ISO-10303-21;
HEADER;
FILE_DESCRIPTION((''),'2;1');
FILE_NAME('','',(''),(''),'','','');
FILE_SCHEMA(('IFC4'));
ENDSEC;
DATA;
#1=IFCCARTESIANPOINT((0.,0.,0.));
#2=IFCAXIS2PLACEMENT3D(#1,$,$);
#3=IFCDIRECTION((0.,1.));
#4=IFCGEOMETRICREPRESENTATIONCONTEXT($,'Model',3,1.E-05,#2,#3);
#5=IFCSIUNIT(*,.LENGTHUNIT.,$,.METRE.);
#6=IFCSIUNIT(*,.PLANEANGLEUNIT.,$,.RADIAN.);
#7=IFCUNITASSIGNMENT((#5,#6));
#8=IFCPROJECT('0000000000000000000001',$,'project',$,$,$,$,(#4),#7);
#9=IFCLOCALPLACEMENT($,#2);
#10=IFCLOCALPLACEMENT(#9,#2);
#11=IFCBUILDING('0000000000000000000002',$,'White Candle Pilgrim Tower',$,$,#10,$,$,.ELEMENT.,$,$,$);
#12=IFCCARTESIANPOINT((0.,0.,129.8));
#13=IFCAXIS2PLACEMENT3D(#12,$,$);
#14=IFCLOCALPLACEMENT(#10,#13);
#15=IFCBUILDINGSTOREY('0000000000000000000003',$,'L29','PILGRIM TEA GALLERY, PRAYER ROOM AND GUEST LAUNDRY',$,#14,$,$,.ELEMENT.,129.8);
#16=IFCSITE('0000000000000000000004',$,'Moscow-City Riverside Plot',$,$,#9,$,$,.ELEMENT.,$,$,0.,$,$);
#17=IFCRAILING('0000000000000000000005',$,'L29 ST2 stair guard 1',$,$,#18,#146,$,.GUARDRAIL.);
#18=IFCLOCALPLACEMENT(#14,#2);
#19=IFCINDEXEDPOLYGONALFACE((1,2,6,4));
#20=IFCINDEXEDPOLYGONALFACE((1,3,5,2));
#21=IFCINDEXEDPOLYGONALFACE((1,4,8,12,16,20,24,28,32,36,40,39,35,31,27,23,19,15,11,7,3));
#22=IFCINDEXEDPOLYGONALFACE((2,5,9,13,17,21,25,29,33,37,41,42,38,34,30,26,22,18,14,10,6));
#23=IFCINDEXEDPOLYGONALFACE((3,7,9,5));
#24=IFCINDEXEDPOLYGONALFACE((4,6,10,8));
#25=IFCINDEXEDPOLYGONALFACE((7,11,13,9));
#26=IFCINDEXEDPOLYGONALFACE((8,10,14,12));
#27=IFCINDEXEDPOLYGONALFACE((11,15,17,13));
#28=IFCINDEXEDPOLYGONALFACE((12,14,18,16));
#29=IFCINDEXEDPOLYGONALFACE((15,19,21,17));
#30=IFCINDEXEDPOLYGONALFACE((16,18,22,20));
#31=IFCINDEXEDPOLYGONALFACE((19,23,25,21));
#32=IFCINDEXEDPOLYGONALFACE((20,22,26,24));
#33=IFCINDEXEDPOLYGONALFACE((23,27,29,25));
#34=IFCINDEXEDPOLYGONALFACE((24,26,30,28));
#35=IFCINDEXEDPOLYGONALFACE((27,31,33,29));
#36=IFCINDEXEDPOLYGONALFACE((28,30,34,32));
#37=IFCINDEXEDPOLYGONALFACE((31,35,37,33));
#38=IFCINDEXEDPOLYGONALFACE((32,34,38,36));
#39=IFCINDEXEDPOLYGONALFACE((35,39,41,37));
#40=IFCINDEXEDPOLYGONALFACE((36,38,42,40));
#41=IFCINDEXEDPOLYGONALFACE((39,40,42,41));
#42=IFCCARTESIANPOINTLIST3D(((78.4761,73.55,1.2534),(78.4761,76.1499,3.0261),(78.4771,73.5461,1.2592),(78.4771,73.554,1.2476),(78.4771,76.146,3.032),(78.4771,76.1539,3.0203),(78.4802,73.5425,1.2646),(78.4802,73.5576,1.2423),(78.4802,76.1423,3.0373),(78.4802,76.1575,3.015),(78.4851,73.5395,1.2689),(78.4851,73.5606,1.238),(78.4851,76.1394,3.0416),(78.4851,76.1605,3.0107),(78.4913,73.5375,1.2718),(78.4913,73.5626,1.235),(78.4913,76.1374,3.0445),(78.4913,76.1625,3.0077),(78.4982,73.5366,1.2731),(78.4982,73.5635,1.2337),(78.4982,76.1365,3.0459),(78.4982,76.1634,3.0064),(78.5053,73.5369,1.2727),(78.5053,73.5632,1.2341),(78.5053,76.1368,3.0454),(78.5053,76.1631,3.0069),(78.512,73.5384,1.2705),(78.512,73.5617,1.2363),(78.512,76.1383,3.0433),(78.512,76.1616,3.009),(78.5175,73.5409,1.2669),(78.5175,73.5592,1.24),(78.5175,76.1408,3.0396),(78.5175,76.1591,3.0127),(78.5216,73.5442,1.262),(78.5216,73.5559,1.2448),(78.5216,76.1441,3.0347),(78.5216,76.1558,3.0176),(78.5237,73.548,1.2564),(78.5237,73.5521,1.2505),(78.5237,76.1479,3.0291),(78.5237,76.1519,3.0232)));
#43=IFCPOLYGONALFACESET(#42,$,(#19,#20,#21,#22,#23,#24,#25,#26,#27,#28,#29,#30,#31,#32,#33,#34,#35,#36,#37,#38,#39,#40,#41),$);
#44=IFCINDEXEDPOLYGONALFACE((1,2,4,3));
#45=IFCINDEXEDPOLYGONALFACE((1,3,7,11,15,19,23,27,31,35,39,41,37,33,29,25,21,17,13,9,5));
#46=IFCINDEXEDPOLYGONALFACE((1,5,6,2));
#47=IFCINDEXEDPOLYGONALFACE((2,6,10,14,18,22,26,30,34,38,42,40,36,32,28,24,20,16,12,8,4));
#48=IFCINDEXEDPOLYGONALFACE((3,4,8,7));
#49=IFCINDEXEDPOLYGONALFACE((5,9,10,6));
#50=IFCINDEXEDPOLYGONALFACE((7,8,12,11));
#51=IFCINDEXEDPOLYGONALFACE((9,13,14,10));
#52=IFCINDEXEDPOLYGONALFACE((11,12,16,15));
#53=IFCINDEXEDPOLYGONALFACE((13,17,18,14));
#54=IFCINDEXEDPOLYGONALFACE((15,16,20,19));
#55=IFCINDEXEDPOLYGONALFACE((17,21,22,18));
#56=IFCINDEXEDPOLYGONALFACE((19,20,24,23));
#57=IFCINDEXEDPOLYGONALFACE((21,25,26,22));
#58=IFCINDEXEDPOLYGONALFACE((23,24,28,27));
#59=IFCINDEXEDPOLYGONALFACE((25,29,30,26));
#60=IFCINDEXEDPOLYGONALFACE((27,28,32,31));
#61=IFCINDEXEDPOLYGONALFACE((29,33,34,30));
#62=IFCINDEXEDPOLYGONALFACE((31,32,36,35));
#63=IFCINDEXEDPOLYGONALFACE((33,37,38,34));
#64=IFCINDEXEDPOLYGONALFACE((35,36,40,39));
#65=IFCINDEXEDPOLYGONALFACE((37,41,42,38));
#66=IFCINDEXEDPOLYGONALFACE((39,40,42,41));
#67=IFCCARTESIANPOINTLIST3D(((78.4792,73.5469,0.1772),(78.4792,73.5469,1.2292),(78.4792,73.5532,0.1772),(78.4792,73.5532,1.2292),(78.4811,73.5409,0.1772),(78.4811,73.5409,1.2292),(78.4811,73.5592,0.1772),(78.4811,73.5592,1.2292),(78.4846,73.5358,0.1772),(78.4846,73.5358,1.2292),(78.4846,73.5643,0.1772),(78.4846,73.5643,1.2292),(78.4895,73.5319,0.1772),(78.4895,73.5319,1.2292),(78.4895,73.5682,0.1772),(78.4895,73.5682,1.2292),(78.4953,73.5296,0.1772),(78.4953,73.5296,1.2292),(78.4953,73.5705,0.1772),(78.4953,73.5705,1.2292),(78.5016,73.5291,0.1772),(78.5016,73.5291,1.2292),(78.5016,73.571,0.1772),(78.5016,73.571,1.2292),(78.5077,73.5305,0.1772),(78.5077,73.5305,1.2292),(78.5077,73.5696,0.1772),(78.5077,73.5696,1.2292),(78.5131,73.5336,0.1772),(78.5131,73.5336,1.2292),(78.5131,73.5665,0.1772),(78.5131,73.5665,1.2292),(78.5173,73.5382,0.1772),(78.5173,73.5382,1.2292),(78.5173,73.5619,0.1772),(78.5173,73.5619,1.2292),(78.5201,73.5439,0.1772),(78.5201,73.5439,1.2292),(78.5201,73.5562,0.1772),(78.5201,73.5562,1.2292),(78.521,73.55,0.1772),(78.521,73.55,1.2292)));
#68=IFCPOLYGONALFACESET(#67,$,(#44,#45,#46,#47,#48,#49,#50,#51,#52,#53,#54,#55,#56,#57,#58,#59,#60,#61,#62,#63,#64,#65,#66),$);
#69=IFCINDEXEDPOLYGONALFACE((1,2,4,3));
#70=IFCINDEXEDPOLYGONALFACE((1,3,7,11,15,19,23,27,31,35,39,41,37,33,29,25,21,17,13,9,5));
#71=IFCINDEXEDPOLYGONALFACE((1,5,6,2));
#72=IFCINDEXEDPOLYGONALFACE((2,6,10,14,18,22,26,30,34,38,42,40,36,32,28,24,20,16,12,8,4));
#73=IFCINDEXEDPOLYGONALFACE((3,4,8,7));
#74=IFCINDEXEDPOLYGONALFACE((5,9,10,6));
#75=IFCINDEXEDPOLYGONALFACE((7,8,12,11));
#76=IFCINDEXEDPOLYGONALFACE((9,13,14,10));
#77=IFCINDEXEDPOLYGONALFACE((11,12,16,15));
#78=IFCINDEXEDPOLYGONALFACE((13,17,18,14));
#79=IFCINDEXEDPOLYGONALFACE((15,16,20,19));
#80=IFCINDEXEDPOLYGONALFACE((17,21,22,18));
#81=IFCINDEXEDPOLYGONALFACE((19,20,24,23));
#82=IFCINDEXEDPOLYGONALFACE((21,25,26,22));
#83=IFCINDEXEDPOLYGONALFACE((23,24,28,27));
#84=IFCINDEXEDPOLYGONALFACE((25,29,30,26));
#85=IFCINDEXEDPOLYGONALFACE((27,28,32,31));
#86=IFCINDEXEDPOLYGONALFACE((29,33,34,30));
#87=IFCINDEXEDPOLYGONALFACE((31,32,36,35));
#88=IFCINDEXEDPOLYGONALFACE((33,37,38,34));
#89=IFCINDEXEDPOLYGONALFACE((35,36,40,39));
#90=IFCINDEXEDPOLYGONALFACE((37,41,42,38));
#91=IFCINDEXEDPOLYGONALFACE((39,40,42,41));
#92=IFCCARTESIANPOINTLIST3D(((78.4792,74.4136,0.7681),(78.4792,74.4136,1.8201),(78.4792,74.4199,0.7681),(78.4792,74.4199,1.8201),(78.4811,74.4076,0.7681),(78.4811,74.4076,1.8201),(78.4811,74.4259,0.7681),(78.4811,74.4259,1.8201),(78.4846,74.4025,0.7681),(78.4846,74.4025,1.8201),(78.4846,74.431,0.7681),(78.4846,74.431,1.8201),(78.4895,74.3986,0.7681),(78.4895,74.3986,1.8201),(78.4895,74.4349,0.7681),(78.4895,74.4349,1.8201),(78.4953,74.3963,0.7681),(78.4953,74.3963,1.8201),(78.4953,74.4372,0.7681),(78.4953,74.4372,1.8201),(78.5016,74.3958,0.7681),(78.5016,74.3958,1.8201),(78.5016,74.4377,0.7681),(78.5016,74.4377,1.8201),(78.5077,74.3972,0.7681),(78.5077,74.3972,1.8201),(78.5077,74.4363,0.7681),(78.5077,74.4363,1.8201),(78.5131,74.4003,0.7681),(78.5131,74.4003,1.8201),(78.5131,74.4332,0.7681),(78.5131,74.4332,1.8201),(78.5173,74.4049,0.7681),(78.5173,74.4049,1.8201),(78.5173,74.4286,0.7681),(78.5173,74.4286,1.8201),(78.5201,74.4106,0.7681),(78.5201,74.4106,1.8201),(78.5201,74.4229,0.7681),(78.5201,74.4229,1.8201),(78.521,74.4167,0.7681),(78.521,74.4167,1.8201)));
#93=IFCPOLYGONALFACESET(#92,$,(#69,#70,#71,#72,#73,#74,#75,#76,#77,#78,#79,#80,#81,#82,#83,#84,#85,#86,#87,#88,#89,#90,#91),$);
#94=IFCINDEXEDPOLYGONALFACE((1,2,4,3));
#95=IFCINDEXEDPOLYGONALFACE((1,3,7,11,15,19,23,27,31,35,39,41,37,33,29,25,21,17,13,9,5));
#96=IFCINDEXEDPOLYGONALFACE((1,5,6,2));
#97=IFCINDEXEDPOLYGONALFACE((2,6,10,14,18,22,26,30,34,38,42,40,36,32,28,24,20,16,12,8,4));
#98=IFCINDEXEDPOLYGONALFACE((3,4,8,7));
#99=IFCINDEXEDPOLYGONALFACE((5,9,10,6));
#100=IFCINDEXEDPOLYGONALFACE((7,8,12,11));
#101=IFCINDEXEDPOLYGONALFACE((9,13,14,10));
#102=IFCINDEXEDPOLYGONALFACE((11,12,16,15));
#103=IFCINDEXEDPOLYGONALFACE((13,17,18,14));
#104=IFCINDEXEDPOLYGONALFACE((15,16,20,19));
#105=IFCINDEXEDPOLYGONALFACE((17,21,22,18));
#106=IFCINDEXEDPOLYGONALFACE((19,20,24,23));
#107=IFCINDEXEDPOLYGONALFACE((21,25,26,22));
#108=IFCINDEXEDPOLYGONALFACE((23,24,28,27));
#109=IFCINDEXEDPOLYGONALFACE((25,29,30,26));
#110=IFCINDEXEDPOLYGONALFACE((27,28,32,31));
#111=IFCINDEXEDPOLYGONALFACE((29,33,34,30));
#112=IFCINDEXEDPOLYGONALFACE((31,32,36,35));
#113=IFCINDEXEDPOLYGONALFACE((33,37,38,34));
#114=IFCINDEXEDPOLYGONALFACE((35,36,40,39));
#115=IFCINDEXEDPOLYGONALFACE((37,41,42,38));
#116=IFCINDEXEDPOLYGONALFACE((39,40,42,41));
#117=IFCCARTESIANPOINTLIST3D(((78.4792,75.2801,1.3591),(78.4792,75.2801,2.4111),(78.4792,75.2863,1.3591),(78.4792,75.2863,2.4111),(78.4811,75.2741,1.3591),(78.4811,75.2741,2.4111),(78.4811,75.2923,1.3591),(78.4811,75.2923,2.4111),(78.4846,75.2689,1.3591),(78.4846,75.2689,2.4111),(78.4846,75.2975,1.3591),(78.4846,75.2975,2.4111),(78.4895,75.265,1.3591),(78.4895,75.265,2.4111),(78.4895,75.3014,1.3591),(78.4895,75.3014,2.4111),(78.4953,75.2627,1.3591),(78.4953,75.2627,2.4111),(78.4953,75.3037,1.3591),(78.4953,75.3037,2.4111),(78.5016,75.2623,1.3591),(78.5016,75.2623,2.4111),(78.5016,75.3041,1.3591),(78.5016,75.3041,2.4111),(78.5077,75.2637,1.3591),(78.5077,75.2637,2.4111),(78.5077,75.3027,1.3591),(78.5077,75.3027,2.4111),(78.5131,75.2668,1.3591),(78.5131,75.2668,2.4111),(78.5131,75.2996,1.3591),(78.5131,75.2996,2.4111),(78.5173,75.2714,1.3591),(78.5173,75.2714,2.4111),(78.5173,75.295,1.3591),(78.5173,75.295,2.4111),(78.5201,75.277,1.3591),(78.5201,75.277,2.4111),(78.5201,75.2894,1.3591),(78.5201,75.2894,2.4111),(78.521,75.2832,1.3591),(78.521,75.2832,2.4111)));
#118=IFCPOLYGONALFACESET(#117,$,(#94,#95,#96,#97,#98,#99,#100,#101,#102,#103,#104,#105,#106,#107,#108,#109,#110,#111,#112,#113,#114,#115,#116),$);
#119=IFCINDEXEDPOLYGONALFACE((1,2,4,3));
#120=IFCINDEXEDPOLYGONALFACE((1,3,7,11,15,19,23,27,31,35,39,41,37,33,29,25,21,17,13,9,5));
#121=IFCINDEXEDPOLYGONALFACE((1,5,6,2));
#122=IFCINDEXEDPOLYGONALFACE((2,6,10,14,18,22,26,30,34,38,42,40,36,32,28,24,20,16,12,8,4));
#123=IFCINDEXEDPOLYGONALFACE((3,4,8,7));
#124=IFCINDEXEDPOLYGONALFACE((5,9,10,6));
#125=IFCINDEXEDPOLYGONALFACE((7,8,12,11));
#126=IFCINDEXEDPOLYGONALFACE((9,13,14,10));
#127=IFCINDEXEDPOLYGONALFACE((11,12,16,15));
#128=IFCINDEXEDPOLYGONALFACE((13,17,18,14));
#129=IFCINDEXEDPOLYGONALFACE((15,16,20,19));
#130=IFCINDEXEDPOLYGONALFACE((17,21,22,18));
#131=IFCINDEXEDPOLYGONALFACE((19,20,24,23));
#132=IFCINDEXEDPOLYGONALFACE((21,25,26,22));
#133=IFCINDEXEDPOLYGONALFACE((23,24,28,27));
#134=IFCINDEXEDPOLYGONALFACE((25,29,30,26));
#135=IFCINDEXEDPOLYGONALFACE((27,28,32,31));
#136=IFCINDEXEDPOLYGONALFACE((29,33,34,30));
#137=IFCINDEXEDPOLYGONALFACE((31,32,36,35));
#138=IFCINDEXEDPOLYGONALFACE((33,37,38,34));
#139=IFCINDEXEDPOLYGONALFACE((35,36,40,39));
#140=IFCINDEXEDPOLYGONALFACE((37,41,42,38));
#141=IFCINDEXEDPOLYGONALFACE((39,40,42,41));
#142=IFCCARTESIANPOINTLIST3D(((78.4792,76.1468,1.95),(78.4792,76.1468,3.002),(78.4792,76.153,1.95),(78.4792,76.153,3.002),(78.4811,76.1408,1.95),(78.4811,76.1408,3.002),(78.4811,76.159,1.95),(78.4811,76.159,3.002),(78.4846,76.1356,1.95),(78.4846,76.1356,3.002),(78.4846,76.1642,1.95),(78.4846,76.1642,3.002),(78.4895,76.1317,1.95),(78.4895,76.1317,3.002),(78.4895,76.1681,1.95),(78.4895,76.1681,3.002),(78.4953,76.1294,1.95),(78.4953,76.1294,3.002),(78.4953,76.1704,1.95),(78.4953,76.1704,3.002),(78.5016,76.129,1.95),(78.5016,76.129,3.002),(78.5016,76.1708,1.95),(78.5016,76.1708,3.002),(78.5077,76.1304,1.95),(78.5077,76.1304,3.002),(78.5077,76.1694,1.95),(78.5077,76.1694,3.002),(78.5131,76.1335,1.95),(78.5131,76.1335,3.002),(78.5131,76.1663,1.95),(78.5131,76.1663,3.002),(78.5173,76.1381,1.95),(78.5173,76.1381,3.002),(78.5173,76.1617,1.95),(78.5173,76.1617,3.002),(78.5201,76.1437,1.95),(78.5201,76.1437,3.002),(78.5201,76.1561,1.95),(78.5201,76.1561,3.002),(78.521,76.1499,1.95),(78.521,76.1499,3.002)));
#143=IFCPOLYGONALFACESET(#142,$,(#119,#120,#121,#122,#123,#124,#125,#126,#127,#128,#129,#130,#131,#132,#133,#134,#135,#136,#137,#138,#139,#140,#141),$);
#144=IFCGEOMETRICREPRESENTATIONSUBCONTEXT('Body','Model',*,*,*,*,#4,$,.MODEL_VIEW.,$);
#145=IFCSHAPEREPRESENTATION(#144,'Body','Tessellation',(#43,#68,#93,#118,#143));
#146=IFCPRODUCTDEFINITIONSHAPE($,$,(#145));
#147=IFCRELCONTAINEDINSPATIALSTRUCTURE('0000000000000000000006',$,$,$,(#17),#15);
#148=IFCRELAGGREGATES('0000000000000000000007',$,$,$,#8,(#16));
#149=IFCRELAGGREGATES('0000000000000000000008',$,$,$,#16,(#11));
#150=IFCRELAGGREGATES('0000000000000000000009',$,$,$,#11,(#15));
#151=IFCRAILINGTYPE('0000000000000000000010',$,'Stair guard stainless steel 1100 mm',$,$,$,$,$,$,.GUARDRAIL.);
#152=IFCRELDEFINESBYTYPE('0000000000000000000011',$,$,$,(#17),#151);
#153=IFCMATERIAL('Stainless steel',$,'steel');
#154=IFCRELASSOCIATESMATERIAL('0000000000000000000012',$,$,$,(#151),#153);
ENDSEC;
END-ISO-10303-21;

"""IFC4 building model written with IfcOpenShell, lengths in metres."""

from ifc_helpers import new_model, si_unit, direction, frame, origin, origin_2d, place, context, subcontext, project, spatial, circle, extrude, material, type_object, element, save


model = new_model("IFC4")

# Units and contexts
model_context = context("Model", 3, precision=1e-05, world=origin(), true_north=direction((0.0, 1.0)))
body_context = subcontext(model_context, "Body", "Model", "MODEL_VIEW")
ifc_project = project(units=[si_unit("LENGTHUNIT", "METRE"), si_unit("PLANEANGLEUNIT", "RADIAN")], contexts=[model_context])

# Site, building, storey
site_placement = place(None, origin())
site = spatial("IfcSite", under=ifc_project, at=site_placement, Name="Moscow-City Riverside Plot", CompositionType="ELEMENT", RefElevation=0.0)
building_placement = place(site_placement, origin())
building = spatial("IfcBuilding", under=site, at=building_placement, Name="White Candle Pilgrim Tower", CompositionType="ELEMENT")
storey_placement = place(building_placement, frame((0.0, 0.0, 129.8)))
storey = spatial("IfcBuildingStorey", under=building, at=storey_placement, Name="L29", Description="PILGRIM TEA GALLERY, PRAYER ROOM AND GUEST LAUNDRY", CompositionType="ELEMENT", Elevation=129.8)

# Railing
ifc_material_1 = material(Name="Stainless steel", Category="steel")
railing_type_1 = type_object("IfcRailingType", Name="Stair guard stainless steel 1100 mm", PredefinedType="GUARDRAIL", material=ifc_material_1)
railing_1_placement = place(storey_placement, frame((78.5, 73.55, 0.1772)))
element("IfcRailing", 1, at=railing_1_placement, inside=storey, type_object=railing_type_1, Name="L29 ST2 stair guard 1", PredefinedType="GUARDRAIL", context=body_context, shape_type="SweptSolid", body=[
    extrude(circle(Radius=0.0239, at=origin_2d()), frame((0.0, 0.0, 1.0762), z_axis=(0.0, 0.826216, 0.563354), x_axis=(-1.0, 0.0, 0.0)), (0.0, 0.0, 1.0), 3.1467),
    extrude(circle(Radius=0.021, at=origin_2d()), origin(), (0.0, 0.0, 1.0), 1.052),
    extrude(circle(Radius=0.021, at=origin_2d()), frame((0.0, 0.8667, 0.5908)), (0.0, 0.0, 1.0), 1.052),
    extrude(circle(Radius=0.021, at=origin_2d()), frame((0.0, 1.7332, 1.1819)), (0.0, 0.0, 1.0), 1.052),
    extrude(circle(Radius=0.021, at=origin_2d()), frame((0.0, 2.5999, 1.7727)), (0.0, 0.0, 1.0), 1.052),
])

save(model, "model.ifc")
